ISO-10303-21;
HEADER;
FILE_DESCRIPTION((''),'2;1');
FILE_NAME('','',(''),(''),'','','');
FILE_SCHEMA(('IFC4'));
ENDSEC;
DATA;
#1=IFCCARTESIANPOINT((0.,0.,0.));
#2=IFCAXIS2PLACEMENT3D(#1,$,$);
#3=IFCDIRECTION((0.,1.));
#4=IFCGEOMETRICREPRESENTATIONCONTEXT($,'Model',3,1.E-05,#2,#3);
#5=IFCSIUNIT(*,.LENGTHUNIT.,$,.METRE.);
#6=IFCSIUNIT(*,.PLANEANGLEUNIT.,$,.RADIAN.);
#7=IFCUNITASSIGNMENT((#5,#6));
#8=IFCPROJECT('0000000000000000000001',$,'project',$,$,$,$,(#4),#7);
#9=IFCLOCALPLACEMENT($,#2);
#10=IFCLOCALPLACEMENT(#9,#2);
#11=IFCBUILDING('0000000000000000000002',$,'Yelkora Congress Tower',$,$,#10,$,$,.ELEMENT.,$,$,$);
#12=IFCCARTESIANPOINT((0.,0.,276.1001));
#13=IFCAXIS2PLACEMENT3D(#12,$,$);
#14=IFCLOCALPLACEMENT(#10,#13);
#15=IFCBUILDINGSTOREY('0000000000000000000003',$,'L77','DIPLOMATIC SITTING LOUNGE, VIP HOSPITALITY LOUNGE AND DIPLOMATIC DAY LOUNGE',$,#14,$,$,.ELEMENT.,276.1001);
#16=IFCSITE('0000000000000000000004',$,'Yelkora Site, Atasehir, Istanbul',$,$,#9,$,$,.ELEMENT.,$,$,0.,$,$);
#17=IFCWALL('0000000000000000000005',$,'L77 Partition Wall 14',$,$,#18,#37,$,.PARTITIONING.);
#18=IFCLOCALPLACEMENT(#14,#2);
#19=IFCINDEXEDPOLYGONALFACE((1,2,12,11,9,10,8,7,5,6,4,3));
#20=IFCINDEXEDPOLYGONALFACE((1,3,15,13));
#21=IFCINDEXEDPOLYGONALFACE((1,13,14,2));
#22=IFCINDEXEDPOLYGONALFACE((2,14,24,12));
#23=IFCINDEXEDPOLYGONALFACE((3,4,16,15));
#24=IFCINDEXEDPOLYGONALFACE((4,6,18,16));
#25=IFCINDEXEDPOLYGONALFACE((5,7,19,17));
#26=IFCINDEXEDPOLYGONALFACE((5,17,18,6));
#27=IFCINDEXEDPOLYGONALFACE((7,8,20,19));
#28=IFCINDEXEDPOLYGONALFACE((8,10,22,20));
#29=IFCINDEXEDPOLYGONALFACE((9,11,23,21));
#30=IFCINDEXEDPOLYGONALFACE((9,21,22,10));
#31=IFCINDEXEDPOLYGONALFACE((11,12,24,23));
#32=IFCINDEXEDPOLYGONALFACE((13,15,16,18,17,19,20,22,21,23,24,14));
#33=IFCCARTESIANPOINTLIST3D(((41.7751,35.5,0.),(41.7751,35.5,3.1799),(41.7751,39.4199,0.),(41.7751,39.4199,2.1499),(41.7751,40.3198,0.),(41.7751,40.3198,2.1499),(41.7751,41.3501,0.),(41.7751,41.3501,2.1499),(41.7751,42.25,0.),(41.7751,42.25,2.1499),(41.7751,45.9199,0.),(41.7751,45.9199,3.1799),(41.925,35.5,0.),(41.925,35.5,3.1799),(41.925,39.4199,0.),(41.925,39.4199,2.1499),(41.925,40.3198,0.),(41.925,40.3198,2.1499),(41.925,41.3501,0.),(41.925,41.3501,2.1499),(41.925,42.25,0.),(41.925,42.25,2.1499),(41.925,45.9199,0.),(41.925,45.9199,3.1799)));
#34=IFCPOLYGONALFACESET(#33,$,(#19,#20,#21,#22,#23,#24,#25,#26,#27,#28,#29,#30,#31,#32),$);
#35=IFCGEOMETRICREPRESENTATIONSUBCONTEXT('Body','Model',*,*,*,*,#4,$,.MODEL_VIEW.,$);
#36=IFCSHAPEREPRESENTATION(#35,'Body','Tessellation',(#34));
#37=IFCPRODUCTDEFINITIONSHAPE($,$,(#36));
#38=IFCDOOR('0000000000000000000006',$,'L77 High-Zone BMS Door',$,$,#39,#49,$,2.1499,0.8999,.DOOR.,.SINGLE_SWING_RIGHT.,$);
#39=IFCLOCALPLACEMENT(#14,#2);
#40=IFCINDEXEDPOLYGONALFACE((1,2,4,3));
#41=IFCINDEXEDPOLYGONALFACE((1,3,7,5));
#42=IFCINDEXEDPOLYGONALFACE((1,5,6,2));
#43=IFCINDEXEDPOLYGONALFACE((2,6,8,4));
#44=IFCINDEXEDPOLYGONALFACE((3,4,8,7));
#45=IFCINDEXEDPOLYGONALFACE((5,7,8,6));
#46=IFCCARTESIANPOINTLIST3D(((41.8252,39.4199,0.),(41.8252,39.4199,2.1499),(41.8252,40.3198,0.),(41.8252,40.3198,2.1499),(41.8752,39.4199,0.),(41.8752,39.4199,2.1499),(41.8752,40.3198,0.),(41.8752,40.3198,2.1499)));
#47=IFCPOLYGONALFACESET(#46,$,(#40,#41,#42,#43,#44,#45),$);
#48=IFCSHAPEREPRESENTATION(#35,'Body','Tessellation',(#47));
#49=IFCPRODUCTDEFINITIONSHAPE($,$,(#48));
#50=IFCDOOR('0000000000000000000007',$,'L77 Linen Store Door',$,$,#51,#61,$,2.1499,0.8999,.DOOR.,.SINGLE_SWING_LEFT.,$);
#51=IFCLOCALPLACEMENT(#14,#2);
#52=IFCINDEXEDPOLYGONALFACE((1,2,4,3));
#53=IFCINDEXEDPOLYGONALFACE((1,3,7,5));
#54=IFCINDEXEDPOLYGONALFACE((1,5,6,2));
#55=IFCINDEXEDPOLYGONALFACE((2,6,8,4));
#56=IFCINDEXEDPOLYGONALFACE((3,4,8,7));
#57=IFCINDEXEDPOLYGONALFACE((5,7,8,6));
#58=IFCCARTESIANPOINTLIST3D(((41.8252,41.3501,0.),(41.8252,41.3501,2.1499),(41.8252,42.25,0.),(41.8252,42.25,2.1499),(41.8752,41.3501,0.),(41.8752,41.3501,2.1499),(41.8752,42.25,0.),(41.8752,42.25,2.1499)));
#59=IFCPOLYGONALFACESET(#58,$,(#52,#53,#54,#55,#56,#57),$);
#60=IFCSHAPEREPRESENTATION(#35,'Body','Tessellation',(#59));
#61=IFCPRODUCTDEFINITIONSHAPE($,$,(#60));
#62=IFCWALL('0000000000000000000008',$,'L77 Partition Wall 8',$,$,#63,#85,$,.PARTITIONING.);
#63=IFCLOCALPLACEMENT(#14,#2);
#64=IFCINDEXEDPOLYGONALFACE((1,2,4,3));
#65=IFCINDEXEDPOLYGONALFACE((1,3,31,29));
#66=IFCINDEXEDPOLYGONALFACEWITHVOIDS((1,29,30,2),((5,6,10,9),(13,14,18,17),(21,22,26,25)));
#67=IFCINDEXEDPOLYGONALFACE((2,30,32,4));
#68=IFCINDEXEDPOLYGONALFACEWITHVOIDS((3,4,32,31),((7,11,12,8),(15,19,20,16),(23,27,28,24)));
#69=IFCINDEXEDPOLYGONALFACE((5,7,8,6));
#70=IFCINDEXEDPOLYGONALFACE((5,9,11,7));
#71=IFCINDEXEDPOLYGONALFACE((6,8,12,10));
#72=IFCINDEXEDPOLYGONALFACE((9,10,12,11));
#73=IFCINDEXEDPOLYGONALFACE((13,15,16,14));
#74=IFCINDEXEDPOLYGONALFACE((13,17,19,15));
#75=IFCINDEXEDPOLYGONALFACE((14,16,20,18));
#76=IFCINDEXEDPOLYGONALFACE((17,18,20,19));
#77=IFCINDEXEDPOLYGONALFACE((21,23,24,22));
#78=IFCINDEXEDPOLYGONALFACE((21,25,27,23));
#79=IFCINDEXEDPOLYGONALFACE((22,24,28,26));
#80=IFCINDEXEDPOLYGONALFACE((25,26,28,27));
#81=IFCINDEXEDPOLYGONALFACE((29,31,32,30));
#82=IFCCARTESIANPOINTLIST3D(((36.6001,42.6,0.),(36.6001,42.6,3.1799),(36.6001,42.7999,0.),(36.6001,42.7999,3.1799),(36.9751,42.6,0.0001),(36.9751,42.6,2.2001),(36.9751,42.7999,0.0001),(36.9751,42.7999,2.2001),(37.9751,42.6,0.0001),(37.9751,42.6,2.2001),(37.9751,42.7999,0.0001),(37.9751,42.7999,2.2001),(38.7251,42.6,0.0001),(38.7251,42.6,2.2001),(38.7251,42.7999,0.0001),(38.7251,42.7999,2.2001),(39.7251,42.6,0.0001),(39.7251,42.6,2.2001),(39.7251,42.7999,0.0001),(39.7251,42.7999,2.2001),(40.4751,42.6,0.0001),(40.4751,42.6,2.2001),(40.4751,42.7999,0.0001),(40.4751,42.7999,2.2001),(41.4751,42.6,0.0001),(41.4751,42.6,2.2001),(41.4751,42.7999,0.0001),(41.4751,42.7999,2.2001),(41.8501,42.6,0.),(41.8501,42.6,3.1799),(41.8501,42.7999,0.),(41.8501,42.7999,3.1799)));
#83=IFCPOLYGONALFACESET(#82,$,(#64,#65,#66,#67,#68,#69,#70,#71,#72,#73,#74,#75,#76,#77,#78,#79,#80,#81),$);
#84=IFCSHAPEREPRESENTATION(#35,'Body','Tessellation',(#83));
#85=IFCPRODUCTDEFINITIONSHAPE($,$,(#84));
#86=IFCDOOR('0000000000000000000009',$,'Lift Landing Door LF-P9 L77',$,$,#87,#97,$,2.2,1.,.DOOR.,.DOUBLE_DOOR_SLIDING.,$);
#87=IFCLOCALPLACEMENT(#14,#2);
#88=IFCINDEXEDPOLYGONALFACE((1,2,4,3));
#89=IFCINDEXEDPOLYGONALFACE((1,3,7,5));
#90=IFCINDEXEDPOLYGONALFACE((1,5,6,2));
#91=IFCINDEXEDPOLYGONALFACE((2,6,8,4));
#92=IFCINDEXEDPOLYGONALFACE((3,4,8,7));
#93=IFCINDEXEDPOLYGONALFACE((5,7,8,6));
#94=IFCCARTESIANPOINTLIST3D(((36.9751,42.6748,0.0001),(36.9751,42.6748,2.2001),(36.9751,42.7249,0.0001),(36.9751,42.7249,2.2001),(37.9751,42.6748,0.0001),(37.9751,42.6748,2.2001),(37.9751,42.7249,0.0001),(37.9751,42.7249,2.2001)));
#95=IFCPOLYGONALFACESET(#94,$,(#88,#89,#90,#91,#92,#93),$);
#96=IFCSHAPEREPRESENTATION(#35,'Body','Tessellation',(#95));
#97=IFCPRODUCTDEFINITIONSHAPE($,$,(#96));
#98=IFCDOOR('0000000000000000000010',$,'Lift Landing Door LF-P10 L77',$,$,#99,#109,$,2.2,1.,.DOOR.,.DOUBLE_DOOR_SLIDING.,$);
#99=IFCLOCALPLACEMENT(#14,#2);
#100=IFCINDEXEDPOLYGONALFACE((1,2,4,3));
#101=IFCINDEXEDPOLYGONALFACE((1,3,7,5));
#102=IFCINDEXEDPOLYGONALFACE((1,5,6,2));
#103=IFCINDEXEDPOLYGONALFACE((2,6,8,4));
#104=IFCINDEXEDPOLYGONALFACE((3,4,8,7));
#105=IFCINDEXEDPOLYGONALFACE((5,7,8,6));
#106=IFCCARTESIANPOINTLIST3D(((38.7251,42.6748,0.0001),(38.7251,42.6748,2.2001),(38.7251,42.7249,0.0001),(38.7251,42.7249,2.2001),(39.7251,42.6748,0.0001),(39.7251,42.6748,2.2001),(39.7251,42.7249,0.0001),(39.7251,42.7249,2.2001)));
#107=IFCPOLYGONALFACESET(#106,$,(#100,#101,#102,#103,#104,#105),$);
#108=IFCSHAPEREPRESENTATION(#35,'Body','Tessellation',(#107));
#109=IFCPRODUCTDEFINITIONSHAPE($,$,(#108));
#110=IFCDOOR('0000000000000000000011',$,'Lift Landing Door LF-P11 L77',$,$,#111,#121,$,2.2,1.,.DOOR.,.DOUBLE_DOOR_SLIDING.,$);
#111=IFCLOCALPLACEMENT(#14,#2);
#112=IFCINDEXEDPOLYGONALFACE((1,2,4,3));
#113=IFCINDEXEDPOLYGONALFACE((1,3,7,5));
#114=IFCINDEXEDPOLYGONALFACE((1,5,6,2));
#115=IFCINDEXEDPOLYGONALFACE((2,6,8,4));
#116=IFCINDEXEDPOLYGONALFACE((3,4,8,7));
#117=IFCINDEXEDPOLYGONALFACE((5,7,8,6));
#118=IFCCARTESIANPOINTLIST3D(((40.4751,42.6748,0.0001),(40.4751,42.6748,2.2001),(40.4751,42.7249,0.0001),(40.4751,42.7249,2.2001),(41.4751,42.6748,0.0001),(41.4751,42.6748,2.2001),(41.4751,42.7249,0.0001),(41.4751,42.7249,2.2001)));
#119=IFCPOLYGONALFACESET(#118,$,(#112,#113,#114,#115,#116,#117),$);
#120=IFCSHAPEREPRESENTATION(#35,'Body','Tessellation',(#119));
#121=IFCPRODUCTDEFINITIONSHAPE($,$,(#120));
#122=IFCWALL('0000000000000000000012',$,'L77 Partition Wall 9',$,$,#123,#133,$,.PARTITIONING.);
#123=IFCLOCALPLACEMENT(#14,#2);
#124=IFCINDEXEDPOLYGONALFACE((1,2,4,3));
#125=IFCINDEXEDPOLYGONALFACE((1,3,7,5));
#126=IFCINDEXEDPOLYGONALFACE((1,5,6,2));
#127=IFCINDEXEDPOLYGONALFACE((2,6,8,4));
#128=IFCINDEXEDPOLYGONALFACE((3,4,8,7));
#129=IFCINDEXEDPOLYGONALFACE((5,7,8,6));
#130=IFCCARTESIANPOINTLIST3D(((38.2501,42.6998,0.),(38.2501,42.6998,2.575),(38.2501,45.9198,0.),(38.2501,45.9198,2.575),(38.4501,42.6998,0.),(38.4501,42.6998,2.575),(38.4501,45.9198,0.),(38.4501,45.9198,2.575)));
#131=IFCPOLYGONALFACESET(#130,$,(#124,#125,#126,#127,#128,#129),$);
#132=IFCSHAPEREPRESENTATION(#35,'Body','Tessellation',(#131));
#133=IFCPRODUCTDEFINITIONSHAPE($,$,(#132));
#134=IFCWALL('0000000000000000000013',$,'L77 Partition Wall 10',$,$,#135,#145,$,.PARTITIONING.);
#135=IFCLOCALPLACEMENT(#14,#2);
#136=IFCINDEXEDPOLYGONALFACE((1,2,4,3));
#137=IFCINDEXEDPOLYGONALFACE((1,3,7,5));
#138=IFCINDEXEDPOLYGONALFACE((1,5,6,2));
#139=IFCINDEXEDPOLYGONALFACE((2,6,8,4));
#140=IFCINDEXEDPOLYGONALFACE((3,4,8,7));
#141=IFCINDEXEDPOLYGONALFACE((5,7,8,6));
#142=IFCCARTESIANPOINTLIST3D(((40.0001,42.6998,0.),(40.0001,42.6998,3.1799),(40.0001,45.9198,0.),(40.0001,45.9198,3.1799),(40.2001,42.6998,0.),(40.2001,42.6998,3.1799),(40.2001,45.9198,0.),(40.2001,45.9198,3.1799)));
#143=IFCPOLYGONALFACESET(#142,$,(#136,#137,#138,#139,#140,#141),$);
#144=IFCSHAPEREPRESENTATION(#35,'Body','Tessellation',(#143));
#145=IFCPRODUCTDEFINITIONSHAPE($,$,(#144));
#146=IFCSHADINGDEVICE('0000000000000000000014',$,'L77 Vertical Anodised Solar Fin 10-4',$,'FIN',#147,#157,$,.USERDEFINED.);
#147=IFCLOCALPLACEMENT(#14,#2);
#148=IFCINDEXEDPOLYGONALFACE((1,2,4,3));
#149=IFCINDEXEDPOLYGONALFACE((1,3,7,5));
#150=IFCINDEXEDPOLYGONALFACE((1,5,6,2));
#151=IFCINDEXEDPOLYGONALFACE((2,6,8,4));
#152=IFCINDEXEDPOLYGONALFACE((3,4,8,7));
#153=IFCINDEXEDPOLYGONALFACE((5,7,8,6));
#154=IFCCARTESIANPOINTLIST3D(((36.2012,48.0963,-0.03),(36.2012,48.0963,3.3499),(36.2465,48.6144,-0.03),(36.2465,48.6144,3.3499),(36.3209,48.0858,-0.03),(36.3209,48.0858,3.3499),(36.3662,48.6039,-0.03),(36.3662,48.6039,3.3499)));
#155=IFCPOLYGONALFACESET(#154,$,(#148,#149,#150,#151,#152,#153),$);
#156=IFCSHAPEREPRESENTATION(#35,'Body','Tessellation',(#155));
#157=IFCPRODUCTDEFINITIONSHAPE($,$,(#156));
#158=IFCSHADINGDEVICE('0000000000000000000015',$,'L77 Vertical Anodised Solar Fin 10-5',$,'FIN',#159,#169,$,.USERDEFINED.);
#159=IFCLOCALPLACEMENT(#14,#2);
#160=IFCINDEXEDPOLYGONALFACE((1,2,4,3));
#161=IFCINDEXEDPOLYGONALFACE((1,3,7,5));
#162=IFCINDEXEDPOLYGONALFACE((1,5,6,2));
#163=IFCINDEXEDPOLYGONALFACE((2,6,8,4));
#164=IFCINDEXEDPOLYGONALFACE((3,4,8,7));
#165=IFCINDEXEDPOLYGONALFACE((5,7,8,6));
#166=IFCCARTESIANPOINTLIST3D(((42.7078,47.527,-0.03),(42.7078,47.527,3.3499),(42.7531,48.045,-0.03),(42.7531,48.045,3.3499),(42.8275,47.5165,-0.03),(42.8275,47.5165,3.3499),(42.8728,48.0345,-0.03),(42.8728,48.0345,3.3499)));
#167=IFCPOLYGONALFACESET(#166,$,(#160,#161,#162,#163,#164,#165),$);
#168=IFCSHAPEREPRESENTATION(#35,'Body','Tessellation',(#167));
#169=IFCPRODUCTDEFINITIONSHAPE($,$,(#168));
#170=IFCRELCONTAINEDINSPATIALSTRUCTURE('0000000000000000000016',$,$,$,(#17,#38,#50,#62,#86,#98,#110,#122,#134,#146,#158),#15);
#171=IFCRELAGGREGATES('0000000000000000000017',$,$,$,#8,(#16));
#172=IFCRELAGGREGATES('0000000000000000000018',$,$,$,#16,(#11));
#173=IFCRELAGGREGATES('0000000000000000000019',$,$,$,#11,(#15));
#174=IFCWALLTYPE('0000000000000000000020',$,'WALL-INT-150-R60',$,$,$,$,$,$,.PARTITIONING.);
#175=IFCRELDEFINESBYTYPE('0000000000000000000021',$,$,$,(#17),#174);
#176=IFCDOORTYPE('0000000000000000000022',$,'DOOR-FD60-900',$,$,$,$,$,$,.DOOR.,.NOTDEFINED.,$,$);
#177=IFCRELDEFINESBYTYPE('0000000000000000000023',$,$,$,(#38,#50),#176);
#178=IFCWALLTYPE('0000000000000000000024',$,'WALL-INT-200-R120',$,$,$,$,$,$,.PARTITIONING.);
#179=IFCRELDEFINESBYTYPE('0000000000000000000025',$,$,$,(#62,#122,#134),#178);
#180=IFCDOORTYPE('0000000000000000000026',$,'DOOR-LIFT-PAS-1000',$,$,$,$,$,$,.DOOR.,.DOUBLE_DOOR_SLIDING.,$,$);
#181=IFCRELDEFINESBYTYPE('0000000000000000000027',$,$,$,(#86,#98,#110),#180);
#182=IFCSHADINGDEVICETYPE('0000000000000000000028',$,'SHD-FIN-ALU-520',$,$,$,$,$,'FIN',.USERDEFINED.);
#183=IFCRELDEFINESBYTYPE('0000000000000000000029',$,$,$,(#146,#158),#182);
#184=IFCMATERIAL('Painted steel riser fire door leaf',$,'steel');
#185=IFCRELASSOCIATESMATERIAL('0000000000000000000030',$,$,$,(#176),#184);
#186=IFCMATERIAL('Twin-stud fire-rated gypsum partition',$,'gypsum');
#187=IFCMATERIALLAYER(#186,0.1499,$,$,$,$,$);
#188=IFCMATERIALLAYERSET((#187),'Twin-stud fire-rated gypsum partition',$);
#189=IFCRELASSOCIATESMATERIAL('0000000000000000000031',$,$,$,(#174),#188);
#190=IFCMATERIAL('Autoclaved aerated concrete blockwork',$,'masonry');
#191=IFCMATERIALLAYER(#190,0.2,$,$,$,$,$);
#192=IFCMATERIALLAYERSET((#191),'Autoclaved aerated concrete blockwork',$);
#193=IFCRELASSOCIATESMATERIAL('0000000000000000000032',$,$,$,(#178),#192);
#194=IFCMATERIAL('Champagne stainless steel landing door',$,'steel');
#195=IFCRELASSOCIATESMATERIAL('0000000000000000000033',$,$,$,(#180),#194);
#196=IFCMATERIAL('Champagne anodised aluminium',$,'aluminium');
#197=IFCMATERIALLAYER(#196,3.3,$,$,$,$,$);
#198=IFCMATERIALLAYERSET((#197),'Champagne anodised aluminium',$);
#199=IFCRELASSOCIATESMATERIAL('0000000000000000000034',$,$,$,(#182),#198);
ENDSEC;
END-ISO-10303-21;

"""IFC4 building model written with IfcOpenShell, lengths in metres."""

from ifc_helpers import new_model, si_unit, direction, frame, frame_2d, origin, origin_2d, place, context, subcontext, project, spatial, rectangle, extrude, material, layer, layer_set, type_object, element, fill, save


model = new_model("IFC4")

# Units and contexts
model_context = context("Model", 3, precision=1e-05, world=origin(), true_north=direction((0.0, 1.0)))
body_context = subcontext(model_context, "Body", "Model", "MODEL_VIEW")
ifc_project = project(units=[si_unit("LENGTHUNIT", "METRE"), si_unit("PLANEANGLEUNIT", "RADIAN")], contexts=[model_context])

# Site, building, storey
site_placement = place(None, origin())
site = spatial("IfcSite", under=ifc_project, at=site_placement, Name="Yelkora Site, Atasehir, Istanbul", CompositionType="ELEMENT", RefElevation=0.0)
building_placement = place(site_placement, origin())
building = spatial("IfcBuilding", under=site, at=building_placement, Name="Yelkora Congress Tower", CompositionType="ELEMENT")
storey_placement = place(building_placement, frame((0.0, 0.0, 276.1001)))
storey = spatial("IfcBuildingStorey", under=building, at=storey_placement, Name="L77", Description="DIPLOMATIC SITTING LOUNGE, VIP HOSPITALITY LOUNGE AND DIPLOMATIC DAY LOUNGE", CompositionType="ELEMENT", Elevation=276.1001)

# Shared definitions
ifc_material_1 = material(Name="Painted steel riser fire door leaf", Category="steel")
door_type_1 = type_object("IfcDoorType", Name="DOOR-FD60-900", OperationType="NOTDEFINED", PredefinedType="DOOR", material=ifc_material_1)

# Shared definitions
ifc_material_2 = material(Name="Twin-stud fire-rated gypsum partition", Category="gypsum")
ifc_layer_1 = layer(ifc_material_2, 0.1499)
ifc_layer_set_1 = layer_set([ifc_layer_1], Name="Twin-stud fire-rated gypsum partition")
wall_type_1 = type_object("IfcWallType", Name="WALL-INT-150-R60", PredefinedType="PARTITIONING", material=ifc_layer_set_1)

# Walls, openings, doors
wall_1_placement = place(storey_placement, frame((41.8501, 35.5, 0.0), z_axis=(0.0, 0.0, 1.0), x_axis=(0.0, 1.0, 0.0)))
wall_1 = element("IfcWall", 1, at=wall_1_placement, inside=storey, type_object=wall_type_1, Name="L77 Partition Wall 14", PredefinedType="PARTITIONING", context=body_context, shape_type="SweptSolid", body=[
    extrude(rectangle(XDim=10.4199, YDim=0.1499, at=frame_2d((5.21, 0.0))), origin(), (0.0, 0.0, 1.0), 3.1799),
])
opening_1_placement = place(wall_1_placement, frame((3.9199, 0.0, 0.0)))
opening_1 = element("IfcOpeningElement", 2, at=opening_1_placement, cuts=wall_1, PredefinedType="OPENING", context=body_context, shape_type="SweptSolid", body=[
    extrude(rectangle(XDim=0.8999, YDim=2.1499, at=frame_2d((0.45, 1.075))), frame((0.0, 0.085, 0.0), z_axis=(0.0, -1.0, 0.0), x_axis=(1.0, 0.0, 0.0)), (0.0, 0.0, 1.0), 0.1699),
])
opening_2_placement = place(wall_1_placement, frame((5.8501, 0.0, 0.0)))
opening_2 = element("IfcOpeningElement", 3, at=opening_2_placement, cuts=wall_1, PredefinedType="OPENING", context=body_context, shape_type="SweptSolid", body=[
    extrude(rectangle(XDim=0.8999, YDim=2.1499, at=frame_2d((0.45, 1.075))), frame((0.0, 0.085, 0.0), z_axis=(0.0, -1.0, 0.0), x_axis=(1.0, 0.0, 0.0)), (0.0, 0.0, 1.0), 0.1699),
])
door_1_placement = place(opening_1_placement, origin())
door_1 = element("IfcDoor", 4, at=door_1_placement, inside=storey, type_object=door_type_1, Name="L77 High-Zone BMS Door", OperationType="SINGLE_SWING_RIGHT", OverallHeight=2.1499, OverallWidth=0.8999, PredefinedType="DOOR", context=body_context, shape_type="SweptSolid", body=[
    extrude(rectangle(XDim=0.8999, YDim=2.1499, at=frame_2d((0.45, 1.075))), frame((0.0, 0.0249, 0.0), z_axis=(0.0, -1.0, 0.0), x_axis=(1.0, 0.0, 0.0)), (0.0, 0.0, 1.0), 0.05),
])
fill(opening_1, door_1)
door_2_placement = place(opening_2_placement, origin())
door_2 = element("IfcDoor", 5, at=door_2_placement, inside=storey, type_object=door_type_1, Name="L77 Linen Store Door", OperationType="SINGLE_SWING_LEFT", OverallHeight=2.1499, OverallWidth=0.8999, PredefinedType="DOOR", context=body_context, shape_type="SweptSolid", body=[
    extrude(rectangle(XDim=0.8999, YDim=2.1499, at=frame_2d((0.45, 1.075))), frame((0.0, 0.0249, 0.0), z_axis=(0.0, -1.0, 0.0), x_axis=(1.0, 0.0, 0.0)), (0.0, 0.0, 1.0), 0.05),
])
fill(opening_2, door_2)
ifc_material_3 = material(Name="Autoclaved aerated concrete blockwork", Category="masonry")
ifc_layer_2 = layer(ifc_material_3, 0.2)
ifc_layer_set_2 = layer_set([ifc_layer_2], Name="Autoclaved aerated concrete blockwork")
wall_type_2 = type_object("IfcWallType", Name="WALL-INT-200-R120", PredefinedType="PARTITIONING", material=ifc_layer_set_2)
wall_2_placement = place(storey_placement, frame((36.6001, 42.7, 0.0), z_axis=(0.0, 0.0, 1.0), x_axis=(1.0, 0.0, 0.0)))
wall_2 = element("IfcWall", 6, at=wall_2_placement, inside=storey, type_object=wall_type_2, Name="L77 Partition Wall 8", PredefinedType="PARTITIONING", context=body_context, shape_type="SweptSolid", body=[
    extrude(rectangle(XDim=5.25, YDim=0.2, at=frame_2d((2.625, 0.0))), origin(), (0.0, 0.0, 1.0), 3.1799),
])
opening_3_placement = place(wall_2_placement, frame((0.375, 0.0, 0.0)))
opening_3 = element("IfcOpeningElement", 7, at=opening_3_placement, cuts=wall_2, PredefinedType="OPENING", context=body_context, shape_type="SweptSolid", body=[
    extrude(rectangle(XDim=1.0, YDim=2.2, at=frame_2d((0.5, 1.1001))), frame((0.0, 0.1099, 0.0), z_axis=(0.0, -1.0, 0.0), x_axis=(1.0, 0.0, 0.0)), (0.0, 0.0, 1.0), 0.22),
])
opening_4_placement = place(wall_2_placement, frame((2.125, 0.0, 0.0)))
opening_4 = element("IfcOpeningElement", 8, at=opening_4_placement, cuts=wall_2, PredefinedType="OPENING", context=body_context, shape_type="SweptSolid", body=[
    extrude(rectangle(XDim=1.0, YDim=2.2, at=frame_2d((0.5, 1.1001))), frame((0.0, 0.1099, 0.0), z_axis=(0.0, -1.0, 0.0), x_axis=(1.0, 0.0, 0.0)), (0.0, 0.0, 1.0), 0.22),
])
opening_5_placement = place(wall_2_placement, frame((3.875, 0.0, 0.0)))
opening_5 = element("IfcOpeningElement", 9, at=opening_5_placement, cuts=wall_2, PredefinedType="OPENING", context=body_context, shape_type="SweptSolid", body=[
    extrude(rectangle(XDim=1.0, YDim=2.2, at=frame_2d((0.5, 1.1001))), frame((0.0, 0.1099, 0.0), z_axis=(0.0, -1.0, 0.0), x_axis=(1.0, 0.0, 0.0)), (0.0, 0.0, 1.0), 0.22),
])
ifc_material_4 = material(Name="Champagne stainless steel landing door", Category="steel")
door_type_2 = type_object("IfcDoorType", Name="DOOR-LIFT-PAS-1000", OperationType="DOUBLE_DOOR_SLIDING", PredefinedType="DOOR", material=ifc_material_4)
door_3_placement = place(opening_3_placement, origin())
door_3 = element("IfcDoor", 10, at=door_3_placement, inside=storey, type_object=door_type_2, Name="Lift Landing Door LF-P9 L77", OperationType="DOUBLE_DOOR_SLIDING", OverallHeight=2.2, OverallWidth=1.0, PredefinedType="DOOR", context=body_context, shape_type="SweptSolid", body=[
    extrude(rectangle(XDim=1.0, YDim=2.2, at=frame_2d((0.5, 1.1001))), frame((0.0, 0.0249, 0.0), z_axis=(0.0, -1.0, 0.0), x_axis=(1.0, 0.0, 0.0)), (0.0, 0.0, 1.0), 0.05),
])
fill(opening_3, door_3)
door_4_placement = place(opening_4_placement, origin())
door_4 = element("IfcDoor", 11, at=door_4_placement, inside=storey, type_object=door_type_2, Name="Lift Landing Door LF-P10 L77", OperationType="DOUBLE_DOOR_SLIDING", OverallHeight=2.2, OverallWidth=1.0, PredefinedType="DOOR", context=body_context, shape_type="SweptSolid", body=[
    extrude(rectangle(XDim=1.0, YDim=2.2, at=frame_2d((0.5, 1.1001))), frame((0.0, 0.0249, 0.0), z_axis=(0.0, -1.0, 0.0), x_axis=(1.0, 0.0, 0.0)), (0.0, 0.0, 1.0), 0.05),
])
fill(opening_4, door_4)
door_5_placement = place(opening_5_placement, origin())
door_5 = element("IfcDoor", 12, at=door_5_placement, inside=storey, type_object=door_type_2, Name="Lift Landing Door LF-P11 L77", OperationType="DOUBLE_DOOR_SLIDING", OverallHeight=2.2, OverallWidth=1.0, PredefinedType="DOOR", context=body_context, shape_type="SweptSolid", body=[
    extrude(rectangle(XDim=1.0, YDim=2.2, at=frame_2d((0.5, 1.1001))), frame((0.0, 0.0249, 0.0), z_axis=(0.0, -1.0, 0.0), x_axis=(1.0, 0.0, 0.0)), (0.0, 0.0, 1.0), 0.05),
])
fill(opening_5, door_5)

# Walls
wall_3_placement = place(storey_placement, frame((38.3501, 42.7, 0.0), z_axis=(0.0, 0.0, 1.0), x_axis=(0.0, 1.0, 0.0)))
element("IfcWall", 13, at=wall_3_placement, inside=storey, type_object=wall_type_2, Name="L77 Partition Wall 9", PredefinedType="PARTITIONING", context=body_context, shape_type="SweptSolid", body=[
    extrude(rectangle(XDim=3.22, YDim=0.2, at=frame_2d((1.6099, 0.0))), origin(), (0.0, 0.0, 1.0), 2.575),
])
wall_4_placement = place(storey_placement, frame((40.1001, 42.7, 0.0), z_axis=(0.0, 0.0, 1.0), x_axis=(0.0, 1.0, 0.0)))
element("IfcWall", 14, at=wall_4_placement, inside=storey, type_object=wall_type_2, Name="L77 Partition Wall 10", PredefinedType="PARTITIONING", context=body_context, shape_type="SweptSolid", body=[
    extrude(rectangle(XDim=3.22, YDim=0.2, at=frame_2d((1.6099, 0.0))), origin(), (0.0, 0.0, 1.0), 3.1799),
])

# Shading devices
ifc_material_5 = material(Name="Champagne anodised aluminium", Category="aluminium")
ifc_layer_3 = layer(ifc_material_5, 3.3)
ifc_layer_set_3 = layer_set([ifc_layer_3], Name="Champagne anodised aluminium")
shading_device_type = type_object("IfcShadingDeviceType", Name="SHD-FIN-ALU-520", ElementType="FIN", PredefinedType="USERDEFINED", material=ifc_layer_set_3)
for number, where, z_axis, x_axis, name in (
    (15, (36.2837, 48.3501, -0.03), (0.0, 0.0, 1.0), (0.996195, -0.087156, 0.0), "L77 Vertical Anodised Solar Fin 10-4"),
    (16, (42.7903, 47.7808, -0.03), (0.0, 0.0, 1.0), (0.996195, -0.087156, 0.0), "L77 Vertical Anodised Solar Fin 10-5"),
):
    element("IfcShadingDevice", number, at=place(storey_placement, frame(where, z_axis=z_axis, x_axis=x_axis)), inside=storey, type_object=shading_device_type, Name=name, ObjectType="FIN", PredefinedType="USERDEFINED", context=body_context, shape_type="SweptSolid", body=[
        extrude(rectangle(XDim=0.1201, YDim=0.52, at=origin_2d()), origin(), (0.0, 0.0, 1.0), 3.3799),
    ])

save(model, "model.ifc")
